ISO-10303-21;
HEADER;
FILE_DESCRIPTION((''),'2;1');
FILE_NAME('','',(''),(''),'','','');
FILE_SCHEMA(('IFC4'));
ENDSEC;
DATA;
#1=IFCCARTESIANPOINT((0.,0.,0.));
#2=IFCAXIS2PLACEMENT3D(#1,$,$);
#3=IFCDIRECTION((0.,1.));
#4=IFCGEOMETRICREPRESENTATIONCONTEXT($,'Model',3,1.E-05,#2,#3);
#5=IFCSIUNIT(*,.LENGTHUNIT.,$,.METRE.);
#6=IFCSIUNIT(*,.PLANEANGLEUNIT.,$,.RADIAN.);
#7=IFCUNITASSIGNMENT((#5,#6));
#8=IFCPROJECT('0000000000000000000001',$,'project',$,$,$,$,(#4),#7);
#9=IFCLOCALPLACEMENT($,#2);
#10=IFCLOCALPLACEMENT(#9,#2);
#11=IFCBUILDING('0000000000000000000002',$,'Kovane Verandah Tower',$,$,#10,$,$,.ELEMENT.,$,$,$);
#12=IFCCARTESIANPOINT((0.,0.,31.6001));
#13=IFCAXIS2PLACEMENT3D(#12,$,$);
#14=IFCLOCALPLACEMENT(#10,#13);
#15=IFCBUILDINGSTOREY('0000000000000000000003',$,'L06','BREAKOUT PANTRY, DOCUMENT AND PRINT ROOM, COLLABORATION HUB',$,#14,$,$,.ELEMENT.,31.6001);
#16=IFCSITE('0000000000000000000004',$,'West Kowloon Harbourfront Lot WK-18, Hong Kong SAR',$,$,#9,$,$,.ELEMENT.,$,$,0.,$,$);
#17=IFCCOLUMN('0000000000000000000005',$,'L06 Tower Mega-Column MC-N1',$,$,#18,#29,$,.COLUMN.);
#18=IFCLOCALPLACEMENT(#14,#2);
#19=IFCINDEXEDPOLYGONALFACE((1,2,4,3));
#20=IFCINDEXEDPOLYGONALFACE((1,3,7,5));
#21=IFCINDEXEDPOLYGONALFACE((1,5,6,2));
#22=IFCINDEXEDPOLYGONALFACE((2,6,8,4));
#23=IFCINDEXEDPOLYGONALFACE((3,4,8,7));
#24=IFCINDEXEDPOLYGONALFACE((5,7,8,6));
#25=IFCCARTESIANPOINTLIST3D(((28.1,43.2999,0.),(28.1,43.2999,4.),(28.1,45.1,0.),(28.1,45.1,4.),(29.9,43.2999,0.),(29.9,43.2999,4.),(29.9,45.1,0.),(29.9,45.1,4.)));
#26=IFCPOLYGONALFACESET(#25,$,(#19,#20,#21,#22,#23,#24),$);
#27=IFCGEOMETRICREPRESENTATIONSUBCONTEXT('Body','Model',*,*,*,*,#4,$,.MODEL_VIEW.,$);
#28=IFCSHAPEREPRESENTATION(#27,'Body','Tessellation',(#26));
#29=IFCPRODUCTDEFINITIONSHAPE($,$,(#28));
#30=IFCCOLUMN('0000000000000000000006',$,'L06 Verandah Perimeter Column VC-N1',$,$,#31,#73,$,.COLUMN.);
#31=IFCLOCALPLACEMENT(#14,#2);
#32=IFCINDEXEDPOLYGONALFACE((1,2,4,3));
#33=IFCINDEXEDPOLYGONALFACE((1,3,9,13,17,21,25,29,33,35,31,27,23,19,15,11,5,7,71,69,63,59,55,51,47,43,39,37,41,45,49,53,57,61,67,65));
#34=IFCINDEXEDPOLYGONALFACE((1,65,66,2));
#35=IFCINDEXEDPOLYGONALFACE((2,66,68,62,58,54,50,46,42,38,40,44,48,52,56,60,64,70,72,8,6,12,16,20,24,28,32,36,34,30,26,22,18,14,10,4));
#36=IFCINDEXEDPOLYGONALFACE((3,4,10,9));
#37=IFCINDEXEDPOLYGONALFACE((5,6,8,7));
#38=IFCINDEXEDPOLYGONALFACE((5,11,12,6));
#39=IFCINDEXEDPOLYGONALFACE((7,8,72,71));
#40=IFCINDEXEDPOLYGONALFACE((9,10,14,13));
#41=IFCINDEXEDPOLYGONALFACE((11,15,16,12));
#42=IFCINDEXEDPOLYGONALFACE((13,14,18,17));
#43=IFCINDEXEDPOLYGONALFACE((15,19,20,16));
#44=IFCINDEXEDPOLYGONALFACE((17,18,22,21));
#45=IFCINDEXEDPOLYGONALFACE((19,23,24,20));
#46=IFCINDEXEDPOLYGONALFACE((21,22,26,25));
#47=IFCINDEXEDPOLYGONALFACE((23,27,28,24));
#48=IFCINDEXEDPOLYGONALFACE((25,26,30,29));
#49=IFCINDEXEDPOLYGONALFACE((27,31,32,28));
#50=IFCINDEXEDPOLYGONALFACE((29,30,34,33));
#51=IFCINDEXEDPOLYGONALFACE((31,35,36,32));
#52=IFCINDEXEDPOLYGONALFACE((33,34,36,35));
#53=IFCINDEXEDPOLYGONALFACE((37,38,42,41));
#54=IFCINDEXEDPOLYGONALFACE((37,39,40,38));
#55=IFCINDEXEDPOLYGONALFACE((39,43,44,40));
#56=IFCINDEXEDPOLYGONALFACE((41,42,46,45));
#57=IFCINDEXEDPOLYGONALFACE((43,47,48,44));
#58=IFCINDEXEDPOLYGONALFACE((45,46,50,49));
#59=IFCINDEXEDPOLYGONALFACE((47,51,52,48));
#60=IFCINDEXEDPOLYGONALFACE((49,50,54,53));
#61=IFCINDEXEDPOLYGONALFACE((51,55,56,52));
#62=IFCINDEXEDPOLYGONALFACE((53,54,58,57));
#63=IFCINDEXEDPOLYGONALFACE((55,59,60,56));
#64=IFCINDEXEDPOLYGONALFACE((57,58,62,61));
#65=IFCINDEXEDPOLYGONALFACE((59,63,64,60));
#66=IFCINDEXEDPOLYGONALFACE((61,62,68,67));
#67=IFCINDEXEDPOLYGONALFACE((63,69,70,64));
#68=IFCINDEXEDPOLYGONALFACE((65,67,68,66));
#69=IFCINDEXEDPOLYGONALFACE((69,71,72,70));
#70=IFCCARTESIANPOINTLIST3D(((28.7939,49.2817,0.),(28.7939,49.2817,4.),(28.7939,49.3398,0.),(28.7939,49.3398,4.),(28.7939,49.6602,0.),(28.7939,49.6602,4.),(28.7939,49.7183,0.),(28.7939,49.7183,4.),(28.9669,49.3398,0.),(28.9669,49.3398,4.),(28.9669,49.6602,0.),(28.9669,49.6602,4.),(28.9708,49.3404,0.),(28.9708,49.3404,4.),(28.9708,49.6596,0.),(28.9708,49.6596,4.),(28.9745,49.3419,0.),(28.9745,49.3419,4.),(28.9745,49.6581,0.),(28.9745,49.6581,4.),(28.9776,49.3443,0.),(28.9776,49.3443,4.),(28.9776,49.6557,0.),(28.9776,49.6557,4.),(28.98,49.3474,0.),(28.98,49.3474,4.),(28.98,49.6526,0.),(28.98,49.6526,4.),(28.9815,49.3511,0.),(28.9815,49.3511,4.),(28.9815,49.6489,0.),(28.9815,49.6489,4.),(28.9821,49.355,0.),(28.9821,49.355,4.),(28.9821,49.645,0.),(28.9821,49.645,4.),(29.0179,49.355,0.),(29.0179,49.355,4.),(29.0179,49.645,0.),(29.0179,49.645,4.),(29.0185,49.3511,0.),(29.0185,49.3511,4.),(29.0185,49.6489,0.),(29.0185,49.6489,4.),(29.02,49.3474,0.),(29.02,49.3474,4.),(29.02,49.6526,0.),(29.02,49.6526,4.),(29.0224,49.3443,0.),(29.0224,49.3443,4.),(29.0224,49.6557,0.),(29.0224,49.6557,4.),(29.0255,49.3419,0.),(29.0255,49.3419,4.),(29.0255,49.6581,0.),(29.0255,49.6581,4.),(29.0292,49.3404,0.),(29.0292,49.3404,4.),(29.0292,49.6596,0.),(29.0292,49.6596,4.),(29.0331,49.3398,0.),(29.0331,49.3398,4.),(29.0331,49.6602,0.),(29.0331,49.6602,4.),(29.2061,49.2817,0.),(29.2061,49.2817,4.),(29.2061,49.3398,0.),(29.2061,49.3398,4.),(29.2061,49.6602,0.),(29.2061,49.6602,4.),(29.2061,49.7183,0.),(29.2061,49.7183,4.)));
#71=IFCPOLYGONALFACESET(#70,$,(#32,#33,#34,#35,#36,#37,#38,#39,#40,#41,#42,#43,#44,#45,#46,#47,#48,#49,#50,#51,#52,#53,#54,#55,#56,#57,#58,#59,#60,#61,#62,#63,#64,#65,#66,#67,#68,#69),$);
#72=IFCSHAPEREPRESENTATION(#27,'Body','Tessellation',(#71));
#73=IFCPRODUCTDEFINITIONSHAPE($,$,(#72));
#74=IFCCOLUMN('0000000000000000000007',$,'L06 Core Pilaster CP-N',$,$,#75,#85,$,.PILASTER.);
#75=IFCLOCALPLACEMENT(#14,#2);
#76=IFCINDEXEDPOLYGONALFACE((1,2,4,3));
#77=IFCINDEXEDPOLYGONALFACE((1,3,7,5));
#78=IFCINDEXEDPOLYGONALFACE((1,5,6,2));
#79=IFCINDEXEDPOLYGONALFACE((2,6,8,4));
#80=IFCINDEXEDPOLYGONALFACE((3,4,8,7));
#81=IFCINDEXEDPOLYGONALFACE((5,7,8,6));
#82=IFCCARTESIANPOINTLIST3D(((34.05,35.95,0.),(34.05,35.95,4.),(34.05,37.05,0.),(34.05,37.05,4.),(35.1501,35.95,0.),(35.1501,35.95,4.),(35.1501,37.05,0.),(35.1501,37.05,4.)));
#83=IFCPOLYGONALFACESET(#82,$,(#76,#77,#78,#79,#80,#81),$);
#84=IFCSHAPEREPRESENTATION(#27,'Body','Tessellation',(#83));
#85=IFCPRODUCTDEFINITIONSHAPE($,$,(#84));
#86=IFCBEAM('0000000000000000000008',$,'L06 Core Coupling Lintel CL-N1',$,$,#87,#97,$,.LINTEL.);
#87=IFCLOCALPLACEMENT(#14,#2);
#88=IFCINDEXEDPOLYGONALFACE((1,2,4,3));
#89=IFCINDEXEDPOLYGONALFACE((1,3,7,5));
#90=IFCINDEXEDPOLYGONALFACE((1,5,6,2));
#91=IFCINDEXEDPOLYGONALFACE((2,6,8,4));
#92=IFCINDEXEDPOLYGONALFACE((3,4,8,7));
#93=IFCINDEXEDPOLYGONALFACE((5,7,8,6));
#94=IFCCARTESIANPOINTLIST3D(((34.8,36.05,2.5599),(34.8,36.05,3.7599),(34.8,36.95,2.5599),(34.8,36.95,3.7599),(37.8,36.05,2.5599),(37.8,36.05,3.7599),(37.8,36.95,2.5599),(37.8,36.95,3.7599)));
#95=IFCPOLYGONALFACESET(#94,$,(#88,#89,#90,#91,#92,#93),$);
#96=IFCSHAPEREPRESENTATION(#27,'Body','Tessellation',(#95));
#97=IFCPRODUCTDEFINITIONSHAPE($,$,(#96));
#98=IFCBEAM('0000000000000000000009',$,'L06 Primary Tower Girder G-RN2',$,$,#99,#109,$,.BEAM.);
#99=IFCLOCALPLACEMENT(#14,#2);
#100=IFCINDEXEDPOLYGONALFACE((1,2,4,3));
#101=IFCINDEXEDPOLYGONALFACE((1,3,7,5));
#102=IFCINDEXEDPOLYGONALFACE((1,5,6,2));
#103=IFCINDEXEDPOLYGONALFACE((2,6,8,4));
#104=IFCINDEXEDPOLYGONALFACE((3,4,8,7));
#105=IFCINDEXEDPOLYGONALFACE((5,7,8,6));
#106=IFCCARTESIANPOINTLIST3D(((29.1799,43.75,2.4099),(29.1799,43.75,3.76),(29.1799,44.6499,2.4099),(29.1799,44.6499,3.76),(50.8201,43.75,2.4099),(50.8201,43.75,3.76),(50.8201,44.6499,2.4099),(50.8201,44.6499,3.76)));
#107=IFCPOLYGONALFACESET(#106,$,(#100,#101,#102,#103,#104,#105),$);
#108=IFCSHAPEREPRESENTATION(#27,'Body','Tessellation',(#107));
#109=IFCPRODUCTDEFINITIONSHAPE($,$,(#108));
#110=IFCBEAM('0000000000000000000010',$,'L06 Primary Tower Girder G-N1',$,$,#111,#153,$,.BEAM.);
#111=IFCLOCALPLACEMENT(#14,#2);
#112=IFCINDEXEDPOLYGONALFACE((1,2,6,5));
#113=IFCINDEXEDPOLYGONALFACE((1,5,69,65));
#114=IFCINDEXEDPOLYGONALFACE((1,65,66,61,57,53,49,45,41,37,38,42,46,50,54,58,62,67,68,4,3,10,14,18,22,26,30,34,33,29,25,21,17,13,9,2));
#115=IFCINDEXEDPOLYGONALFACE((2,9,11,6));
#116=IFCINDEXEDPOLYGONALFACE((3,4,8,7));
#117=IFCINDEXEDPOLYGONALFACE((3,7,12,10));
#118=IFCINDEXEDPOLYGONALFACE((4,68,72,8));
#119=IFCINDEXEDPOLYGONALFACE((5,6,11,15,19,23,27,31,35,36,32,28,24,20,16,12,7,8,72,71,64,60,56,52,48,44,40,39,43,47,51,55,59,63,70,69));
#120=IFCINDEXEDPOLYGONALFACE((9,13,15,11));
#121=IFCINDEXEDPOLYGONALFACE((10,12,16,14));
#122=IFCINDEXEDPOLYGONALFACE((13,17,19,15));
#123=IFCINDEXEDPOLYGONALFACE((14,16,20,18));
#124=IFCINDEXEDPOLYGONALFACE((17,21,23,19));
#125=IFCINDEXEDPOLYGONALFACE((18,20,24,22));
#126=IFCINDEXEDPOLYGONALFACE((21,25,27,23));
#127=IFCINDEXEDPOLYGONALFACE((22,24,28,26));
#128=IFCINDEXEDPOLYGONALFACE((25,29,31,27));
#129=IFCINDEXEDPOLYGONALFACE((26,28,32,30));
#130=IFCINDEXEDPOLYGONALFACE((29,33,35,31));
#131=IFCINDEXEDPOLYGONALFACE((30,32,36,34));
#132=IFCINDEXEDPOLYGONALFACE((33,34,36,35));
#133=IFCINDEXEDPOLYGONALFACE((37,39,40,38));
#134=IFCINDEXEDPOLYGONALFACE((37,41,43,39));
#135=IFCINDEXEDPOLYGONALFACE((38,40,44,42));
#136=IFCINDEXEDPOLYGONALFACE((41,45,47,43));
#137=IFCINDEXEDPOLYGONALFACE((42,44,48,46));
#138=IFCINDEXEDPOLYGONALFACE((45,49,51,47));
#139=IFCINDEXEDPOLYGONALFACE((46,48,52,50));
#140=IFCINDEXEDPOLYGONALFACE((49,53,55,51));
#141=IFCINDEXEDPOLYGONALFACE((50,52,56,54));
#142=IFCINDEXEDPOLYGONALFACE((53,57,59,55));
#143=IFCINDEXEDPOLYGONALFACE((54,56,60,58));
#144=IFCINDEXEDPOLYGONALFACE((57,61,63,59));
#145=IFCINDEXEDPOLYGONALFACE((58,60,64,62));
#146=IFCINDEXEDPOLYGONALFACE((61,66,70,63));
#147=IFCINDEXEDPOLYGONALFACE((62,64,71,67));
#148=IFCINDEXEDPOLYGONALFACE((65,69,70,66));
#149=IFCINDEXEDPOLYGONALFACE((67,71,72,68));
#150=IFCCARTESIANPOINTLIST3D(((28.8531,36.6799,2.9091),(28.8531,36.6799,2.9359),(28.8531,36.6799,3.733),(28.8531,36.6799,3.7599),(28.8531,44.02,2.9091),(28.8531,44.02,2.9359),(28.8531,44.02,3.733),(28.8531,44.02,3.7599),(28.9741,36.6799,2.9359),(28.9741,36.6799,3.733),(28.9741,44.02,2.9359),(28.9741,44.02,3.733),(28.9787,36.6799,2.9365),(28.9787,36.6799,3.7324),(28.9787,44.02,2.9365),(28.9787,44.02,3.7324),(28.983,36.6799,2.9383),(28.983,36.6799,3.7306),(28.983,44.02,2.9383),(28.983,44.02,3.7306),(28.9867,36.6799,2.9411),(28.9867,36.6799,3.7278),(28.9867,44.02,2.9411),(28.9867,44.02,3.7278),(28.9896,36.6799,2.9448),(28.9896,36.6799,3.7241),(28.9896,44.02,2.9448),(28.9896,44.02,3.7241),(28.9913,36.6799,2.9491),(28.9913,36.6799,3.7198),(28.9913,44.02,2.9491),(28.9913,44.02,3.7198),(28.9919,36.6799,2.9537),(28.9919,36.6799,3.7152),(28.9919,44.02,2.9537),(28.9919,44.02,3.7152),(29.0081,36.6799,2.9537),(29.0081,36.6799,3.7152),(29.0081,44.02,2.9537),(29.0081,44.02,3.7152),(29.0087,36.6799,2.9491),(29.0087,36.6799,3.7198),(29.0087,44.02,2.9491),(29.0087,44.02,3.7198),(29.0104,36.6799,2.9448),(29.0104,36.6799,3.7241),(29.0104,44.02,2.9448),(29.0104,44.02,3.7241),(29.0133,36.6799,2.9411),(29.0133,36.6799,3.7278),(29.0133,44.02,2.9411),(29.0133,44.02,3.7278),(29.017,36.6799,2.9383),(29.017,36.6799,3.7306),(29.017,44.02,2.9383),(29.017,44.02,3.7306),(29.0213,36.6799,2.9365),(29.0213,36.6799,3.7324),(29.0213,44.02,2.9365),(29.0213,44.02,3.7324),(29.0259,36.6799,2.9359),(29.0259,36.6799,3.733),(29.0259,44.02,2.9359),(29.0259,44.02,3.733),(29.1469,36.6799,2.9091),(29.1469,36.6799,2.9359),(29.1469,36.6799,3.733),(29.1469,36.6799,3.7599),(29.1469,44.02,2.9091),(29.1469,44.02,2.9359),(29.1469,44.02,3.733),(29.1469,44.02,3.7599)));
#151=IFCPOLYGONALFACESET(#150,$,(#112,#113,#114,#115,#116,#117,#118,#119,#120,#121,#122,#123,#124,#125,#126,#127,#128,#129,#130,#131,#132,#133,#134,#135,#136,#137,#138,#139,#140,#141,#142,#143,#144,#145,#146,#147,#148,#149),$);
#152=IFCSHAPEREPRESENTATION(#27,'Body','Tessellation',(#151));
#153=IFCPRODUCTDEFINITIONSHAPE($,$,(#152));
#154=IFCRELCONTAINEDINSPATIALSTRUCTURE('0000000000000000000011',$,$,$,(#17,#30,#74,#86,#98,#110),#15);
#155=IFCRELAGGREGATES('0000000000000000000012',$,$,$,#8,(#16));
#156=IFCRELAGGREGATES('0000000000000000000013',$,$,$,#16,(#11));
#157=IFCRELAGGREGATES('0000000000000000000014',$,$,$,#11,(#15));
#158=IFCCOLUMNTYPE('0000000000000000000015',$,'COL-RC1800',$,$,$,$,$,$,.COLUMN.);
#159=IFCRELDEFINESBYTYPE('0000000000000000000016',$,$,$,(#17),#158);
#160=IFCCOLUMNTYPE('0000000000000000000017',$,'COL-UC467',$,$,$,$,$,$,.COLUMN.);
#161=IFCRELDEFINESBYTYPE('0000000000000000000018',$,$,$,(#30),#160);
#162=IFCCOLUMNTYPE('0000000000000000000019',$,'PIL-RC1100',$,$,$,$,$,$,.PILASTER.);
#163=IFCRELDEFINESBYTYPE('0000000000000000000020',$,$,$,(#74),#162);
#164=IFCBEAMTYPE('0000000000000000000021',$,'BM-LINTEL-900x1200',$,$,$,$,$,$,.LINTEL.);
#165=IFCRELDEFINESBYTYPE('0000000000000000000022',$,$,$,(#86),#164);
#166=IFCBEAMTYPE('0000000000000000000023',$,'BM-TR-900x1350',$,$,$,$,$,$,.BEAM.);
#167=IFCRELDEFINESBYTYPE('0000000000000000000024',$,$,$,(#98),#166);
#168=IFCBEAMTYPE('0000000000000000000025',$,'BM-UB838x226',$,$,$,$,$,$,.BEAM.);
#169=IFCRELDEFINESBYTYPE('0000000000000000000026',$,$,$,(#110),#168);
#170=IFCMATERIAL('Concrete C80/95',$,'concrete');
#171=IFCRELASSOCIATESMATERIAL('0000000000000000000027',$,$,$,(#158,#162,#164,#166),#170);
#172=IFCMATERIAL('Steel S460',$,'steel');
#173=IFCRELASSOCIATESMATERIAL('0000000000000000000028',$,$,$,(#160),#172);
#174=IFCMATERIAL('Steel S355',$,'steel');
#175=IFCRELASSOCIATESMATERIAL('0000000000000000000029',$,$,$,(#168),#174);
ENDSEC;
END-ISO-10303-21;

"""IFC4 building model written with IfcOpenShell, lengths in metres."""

from ifc_helpers import new_model, si_unit, direction, frame, origin, origin_2d, place, context, subcontext, project, spatial, rectangle, i_section, extrude, material, material_profile, profile_set, type_object, element, save


model = new_model("IFC4")

# Units and contexts
model_context = context("Model", 3, precision=1e-05, world=origin(), true_north=direction((0.0, 1.0)))
body_context = subcontext(model_context, "Body", "Model", "MODEL_VIEW")
ifc_project = project(units=[si_unit("LENGTHUNIT", "METRE"), si_unit("PLANEANGLEUNIT", "RADIAN")], contexts=[model_context])

# Site, building, storey
site_placement = place(None, origin())
site = spatial("IfcSite", under=ifc_project, at=site_placement, Name="West Kowloon Harbourfront Lot WK-18, Hong Kong SAR", CompositionType="ELEMENT", RefElevation=0.0)
building_placement = place(site_placement, origin())
building = spatial("IfcBuilding", under=site, at=building_placement, Name="Kovane Verandah Tower", CompositionType="ELEMENT")
storey_placement = place(building_placement, frame((0.0, 0.0, 31.6001)))
storey = spatial("IfcBuildingStorey", under=building, at=storey_placement, Name="L06", Description="BREAKOUT PANTRY, DOCUMENT AND PRINT ROOM, COLLABORATION HUB", CompositionType="ELEMENT", Elevation=31.6001)

# Columns
ifc_material_1 = material(Name="Concrete C80/95", Category="concrete")
ifc_material_profile_1 = material_profile(ifc_material_1, rectangle(XDim=1.8, YDim=1.8, at=origin_2d()), Name="RC1800x1800")
ifc_profile_set_1 = profile_set([ifc_material_profile_1], Name="Concrete C80/95")
column_type_1 = type_object("IfcColumnType", Name="COL-RC1800", PredefinedType="COLUMN", material=ifc_profile_set_1)
column_1_placement = place(storey_placement, frame((29.0, 44.2, 0.0), z_axis=(0.0, 0.0, 1.0), x_axis=(1.0, 0.0, 0.0)))
element("IfcColumn", 1, at=column_1_placement, inside=storey, type_object=column_type_1, Name="L06 Tower Mega-Column MC-N1", PredefinedType="COLUMN", context=body_context, shape_type="SweptSolid", body=[
    extrude(rectangle(XDim=1.8, YDim=1.8, at=origin_2d()), origin(), (0.0, 0.0, 1.0), 4.0),
])
ifc_material_2 = material(Name="Steel S460", Category="steel")
ifc_material_profile_2 = material_profile(ifc_material_2, i_section(OverallWidth=0.4121, OverallDepth=0.4365, WebThickness=0.0359, FlangeThickness=0.0581, FilletRadius=0.0151, at=origin_2d()), Name="UC356x406x467")
ifc_profile_set_2 = profile_set([ifc_material_profile_2], Name="Steel S460")
column_type_2 = type_object("IfcColumnType", Name="COL-UC467", PredefinedType="COLUMN", material=ifc_profile_set_2)
column_2_placement = place(storey_placement, frame((29.0, 49.5, 0.0), z_axis=(0.0, 0.0, 1.0), x_axis=(1.0, 0.0, 0.0)))
element("IfcColumn", 2, at=column_2_placement, inside=storey, type_object=column_type_2, Name="L06 Verandah Perimeter Column VC-N1", PredefinedType="COLUMN", context=body_context, shape_type="SweptSolid", body=[
    extrude(i_section(OverallWidth=0.4121, OverallDepth=0.4365, WebThickness=0.0359, FlangeThickness=0.0581, FilletRadius=0.0151, at=origin_2d()), origin(), (0.0, 0.0, 1.0), 4.0),
])
ifc_material_profile_3 = material_profile(ifc_material_1, rectangle(XDim=1.1001, YDim=1.1001, at=origin_2d()), Name="RC1100x1100")
ifc_profile_set_3 = profile_set([ifc_material_profile_3], Name="Concrete C80/95")
column_type_3 = type_object("IfcColumnType", Name="PIL-RC1100", PredefinedType="PILASTER", material=ifc_profile_set_3)
column_3_placement = place(storey_placement, frame((34.6001, 36.5, 0.0), z_axis=(0.0, 0.0, 1.0), x_axis=(1.0, 0.0, 0.0)))
element("IfcColumn", 3, at=column_3_placement, inside=storey, type_object=column_type_3, Name="L06 Core Pilaster CP-N", PredefinedType="PILASTER", context=body_context, shape_type="SweptSolid", body=[
    extrude(rectangle(XDim=1.1001, YDim=1.1001, at=origin_2d()), origin(), (0.0, 0.0, 1.0), 4.0),
])

# Beams
ifc_material_profile_4 = material_profile(ifc_material_1, rectangle(XDim=0.8999, YDim=1.2, at=origin_2d()), Name="RCB900x1200")
ifc_profile_set_4 = profile_set([ifc_material_profile_4], Name="Concrete C80/95")
beam_type_1 = type_object("IfcBeamType", Name="BM-LINTEL-900x1200", PredefinedType="LINTEL", material=ifc_profile_set_4)
beam_1_placement = place(storey_placement, frame((34.8, 36.5, 3.1599), z_axis=(1.0, 0.0, 0.0), x_axis=(0.0, 1.0, 0.0)))
element("IfcBeam", 4, at=beam_1_placement, inside=storey, type_object=beam_type_1, Name="L06 Core Coupling Lintel CL-N1", PredefinedType="LINTEL", context=body_context, shape_type="SweptSolid", body=[
    extrude(rectangle(XDim=0.8999, YDim=1.2, at=origin_2d()), origin(), (0.0, 0.0, 1.0), 3.0),
])
ifc_material_profile_5 = material_profile(ifc_material_1, rectangle(XDim=0.8999, YDim=1.3501, at=origin_2d()), Name="RCB900x1350")
ifc_profile_set_5 = profile_set([ifc_material_profile_5], Name="Concrete C80/95")
beam_type_2 = type_object("IfcBeamType", Name="BM-TR-900x1350", PredefinedType="BEAM", material=ifc_profile_set_5)
beam_2_placement = place(storey_placement, frame((29.1799, 44.2, 3.085), z_axis=(1.0, 0.0, 0.0), x_axis=(0.0, 1.0, 0.0)))
element("IfcBeam", 5, at=beam_2_placement, inside=storey, type_object=beam_type_2, Name="L06 Primary Tower Girder G-RN2", PredefinedType="BEAM", context=body_context, shape_type="SweptSolid", body=[
    extrude(rectangle(XDim=0.8999, YDim=1.3501, at=origin_2d()), origin(), (0.0, 0.0, 1.0), 21.6401),
])
ifc_material_3 = material(Name="Steel S355", Category="steel")
ifc_material_profile_6 = material_profile(ifc_material_3, i_section(OverallWidth=0.2937, OverallDepth=0.8508, WebThickness=0.0161, FlangeThickness=0.0269, FilletRadius=0.0178, at=origin_2d()), Name="UB838x292x226")
ifc_profile_set_6 = profile_set([ifc_material_profile_6], Name="Steel S355")
beam_type_3 = type_object("IfcBeamType", Name="BM-UB838x226", PredefinedType="BEAM", material=ifc_profile_set_6)
beam_3_placement = place(storey_placement, frame((29.0, 36.6799, 3.3345), z_axis=(0.0, 1.0, 0.0), x_axis=(-1.0, 0.0, 0.0)))
element("IfcBeam", 6, at=beam_3_placement, inside=storey, type_object=beam_type_3, Name="L06 Primary Tower Girder G-N1", PredefinedType="BEAM", context=body_context, shape_type="SweptSolid", body=[
    extrude(i_section(OverallWidth=0.2937, OverallDepth=0.8508, WebThickness=0.0161, FlangeThickness=0.0269, FilletRadius=0.0178, at=origin_2d()), origin(), (0.0, 0.0, 1.0), 7.3401),
])

save(model, "model.ifc")
